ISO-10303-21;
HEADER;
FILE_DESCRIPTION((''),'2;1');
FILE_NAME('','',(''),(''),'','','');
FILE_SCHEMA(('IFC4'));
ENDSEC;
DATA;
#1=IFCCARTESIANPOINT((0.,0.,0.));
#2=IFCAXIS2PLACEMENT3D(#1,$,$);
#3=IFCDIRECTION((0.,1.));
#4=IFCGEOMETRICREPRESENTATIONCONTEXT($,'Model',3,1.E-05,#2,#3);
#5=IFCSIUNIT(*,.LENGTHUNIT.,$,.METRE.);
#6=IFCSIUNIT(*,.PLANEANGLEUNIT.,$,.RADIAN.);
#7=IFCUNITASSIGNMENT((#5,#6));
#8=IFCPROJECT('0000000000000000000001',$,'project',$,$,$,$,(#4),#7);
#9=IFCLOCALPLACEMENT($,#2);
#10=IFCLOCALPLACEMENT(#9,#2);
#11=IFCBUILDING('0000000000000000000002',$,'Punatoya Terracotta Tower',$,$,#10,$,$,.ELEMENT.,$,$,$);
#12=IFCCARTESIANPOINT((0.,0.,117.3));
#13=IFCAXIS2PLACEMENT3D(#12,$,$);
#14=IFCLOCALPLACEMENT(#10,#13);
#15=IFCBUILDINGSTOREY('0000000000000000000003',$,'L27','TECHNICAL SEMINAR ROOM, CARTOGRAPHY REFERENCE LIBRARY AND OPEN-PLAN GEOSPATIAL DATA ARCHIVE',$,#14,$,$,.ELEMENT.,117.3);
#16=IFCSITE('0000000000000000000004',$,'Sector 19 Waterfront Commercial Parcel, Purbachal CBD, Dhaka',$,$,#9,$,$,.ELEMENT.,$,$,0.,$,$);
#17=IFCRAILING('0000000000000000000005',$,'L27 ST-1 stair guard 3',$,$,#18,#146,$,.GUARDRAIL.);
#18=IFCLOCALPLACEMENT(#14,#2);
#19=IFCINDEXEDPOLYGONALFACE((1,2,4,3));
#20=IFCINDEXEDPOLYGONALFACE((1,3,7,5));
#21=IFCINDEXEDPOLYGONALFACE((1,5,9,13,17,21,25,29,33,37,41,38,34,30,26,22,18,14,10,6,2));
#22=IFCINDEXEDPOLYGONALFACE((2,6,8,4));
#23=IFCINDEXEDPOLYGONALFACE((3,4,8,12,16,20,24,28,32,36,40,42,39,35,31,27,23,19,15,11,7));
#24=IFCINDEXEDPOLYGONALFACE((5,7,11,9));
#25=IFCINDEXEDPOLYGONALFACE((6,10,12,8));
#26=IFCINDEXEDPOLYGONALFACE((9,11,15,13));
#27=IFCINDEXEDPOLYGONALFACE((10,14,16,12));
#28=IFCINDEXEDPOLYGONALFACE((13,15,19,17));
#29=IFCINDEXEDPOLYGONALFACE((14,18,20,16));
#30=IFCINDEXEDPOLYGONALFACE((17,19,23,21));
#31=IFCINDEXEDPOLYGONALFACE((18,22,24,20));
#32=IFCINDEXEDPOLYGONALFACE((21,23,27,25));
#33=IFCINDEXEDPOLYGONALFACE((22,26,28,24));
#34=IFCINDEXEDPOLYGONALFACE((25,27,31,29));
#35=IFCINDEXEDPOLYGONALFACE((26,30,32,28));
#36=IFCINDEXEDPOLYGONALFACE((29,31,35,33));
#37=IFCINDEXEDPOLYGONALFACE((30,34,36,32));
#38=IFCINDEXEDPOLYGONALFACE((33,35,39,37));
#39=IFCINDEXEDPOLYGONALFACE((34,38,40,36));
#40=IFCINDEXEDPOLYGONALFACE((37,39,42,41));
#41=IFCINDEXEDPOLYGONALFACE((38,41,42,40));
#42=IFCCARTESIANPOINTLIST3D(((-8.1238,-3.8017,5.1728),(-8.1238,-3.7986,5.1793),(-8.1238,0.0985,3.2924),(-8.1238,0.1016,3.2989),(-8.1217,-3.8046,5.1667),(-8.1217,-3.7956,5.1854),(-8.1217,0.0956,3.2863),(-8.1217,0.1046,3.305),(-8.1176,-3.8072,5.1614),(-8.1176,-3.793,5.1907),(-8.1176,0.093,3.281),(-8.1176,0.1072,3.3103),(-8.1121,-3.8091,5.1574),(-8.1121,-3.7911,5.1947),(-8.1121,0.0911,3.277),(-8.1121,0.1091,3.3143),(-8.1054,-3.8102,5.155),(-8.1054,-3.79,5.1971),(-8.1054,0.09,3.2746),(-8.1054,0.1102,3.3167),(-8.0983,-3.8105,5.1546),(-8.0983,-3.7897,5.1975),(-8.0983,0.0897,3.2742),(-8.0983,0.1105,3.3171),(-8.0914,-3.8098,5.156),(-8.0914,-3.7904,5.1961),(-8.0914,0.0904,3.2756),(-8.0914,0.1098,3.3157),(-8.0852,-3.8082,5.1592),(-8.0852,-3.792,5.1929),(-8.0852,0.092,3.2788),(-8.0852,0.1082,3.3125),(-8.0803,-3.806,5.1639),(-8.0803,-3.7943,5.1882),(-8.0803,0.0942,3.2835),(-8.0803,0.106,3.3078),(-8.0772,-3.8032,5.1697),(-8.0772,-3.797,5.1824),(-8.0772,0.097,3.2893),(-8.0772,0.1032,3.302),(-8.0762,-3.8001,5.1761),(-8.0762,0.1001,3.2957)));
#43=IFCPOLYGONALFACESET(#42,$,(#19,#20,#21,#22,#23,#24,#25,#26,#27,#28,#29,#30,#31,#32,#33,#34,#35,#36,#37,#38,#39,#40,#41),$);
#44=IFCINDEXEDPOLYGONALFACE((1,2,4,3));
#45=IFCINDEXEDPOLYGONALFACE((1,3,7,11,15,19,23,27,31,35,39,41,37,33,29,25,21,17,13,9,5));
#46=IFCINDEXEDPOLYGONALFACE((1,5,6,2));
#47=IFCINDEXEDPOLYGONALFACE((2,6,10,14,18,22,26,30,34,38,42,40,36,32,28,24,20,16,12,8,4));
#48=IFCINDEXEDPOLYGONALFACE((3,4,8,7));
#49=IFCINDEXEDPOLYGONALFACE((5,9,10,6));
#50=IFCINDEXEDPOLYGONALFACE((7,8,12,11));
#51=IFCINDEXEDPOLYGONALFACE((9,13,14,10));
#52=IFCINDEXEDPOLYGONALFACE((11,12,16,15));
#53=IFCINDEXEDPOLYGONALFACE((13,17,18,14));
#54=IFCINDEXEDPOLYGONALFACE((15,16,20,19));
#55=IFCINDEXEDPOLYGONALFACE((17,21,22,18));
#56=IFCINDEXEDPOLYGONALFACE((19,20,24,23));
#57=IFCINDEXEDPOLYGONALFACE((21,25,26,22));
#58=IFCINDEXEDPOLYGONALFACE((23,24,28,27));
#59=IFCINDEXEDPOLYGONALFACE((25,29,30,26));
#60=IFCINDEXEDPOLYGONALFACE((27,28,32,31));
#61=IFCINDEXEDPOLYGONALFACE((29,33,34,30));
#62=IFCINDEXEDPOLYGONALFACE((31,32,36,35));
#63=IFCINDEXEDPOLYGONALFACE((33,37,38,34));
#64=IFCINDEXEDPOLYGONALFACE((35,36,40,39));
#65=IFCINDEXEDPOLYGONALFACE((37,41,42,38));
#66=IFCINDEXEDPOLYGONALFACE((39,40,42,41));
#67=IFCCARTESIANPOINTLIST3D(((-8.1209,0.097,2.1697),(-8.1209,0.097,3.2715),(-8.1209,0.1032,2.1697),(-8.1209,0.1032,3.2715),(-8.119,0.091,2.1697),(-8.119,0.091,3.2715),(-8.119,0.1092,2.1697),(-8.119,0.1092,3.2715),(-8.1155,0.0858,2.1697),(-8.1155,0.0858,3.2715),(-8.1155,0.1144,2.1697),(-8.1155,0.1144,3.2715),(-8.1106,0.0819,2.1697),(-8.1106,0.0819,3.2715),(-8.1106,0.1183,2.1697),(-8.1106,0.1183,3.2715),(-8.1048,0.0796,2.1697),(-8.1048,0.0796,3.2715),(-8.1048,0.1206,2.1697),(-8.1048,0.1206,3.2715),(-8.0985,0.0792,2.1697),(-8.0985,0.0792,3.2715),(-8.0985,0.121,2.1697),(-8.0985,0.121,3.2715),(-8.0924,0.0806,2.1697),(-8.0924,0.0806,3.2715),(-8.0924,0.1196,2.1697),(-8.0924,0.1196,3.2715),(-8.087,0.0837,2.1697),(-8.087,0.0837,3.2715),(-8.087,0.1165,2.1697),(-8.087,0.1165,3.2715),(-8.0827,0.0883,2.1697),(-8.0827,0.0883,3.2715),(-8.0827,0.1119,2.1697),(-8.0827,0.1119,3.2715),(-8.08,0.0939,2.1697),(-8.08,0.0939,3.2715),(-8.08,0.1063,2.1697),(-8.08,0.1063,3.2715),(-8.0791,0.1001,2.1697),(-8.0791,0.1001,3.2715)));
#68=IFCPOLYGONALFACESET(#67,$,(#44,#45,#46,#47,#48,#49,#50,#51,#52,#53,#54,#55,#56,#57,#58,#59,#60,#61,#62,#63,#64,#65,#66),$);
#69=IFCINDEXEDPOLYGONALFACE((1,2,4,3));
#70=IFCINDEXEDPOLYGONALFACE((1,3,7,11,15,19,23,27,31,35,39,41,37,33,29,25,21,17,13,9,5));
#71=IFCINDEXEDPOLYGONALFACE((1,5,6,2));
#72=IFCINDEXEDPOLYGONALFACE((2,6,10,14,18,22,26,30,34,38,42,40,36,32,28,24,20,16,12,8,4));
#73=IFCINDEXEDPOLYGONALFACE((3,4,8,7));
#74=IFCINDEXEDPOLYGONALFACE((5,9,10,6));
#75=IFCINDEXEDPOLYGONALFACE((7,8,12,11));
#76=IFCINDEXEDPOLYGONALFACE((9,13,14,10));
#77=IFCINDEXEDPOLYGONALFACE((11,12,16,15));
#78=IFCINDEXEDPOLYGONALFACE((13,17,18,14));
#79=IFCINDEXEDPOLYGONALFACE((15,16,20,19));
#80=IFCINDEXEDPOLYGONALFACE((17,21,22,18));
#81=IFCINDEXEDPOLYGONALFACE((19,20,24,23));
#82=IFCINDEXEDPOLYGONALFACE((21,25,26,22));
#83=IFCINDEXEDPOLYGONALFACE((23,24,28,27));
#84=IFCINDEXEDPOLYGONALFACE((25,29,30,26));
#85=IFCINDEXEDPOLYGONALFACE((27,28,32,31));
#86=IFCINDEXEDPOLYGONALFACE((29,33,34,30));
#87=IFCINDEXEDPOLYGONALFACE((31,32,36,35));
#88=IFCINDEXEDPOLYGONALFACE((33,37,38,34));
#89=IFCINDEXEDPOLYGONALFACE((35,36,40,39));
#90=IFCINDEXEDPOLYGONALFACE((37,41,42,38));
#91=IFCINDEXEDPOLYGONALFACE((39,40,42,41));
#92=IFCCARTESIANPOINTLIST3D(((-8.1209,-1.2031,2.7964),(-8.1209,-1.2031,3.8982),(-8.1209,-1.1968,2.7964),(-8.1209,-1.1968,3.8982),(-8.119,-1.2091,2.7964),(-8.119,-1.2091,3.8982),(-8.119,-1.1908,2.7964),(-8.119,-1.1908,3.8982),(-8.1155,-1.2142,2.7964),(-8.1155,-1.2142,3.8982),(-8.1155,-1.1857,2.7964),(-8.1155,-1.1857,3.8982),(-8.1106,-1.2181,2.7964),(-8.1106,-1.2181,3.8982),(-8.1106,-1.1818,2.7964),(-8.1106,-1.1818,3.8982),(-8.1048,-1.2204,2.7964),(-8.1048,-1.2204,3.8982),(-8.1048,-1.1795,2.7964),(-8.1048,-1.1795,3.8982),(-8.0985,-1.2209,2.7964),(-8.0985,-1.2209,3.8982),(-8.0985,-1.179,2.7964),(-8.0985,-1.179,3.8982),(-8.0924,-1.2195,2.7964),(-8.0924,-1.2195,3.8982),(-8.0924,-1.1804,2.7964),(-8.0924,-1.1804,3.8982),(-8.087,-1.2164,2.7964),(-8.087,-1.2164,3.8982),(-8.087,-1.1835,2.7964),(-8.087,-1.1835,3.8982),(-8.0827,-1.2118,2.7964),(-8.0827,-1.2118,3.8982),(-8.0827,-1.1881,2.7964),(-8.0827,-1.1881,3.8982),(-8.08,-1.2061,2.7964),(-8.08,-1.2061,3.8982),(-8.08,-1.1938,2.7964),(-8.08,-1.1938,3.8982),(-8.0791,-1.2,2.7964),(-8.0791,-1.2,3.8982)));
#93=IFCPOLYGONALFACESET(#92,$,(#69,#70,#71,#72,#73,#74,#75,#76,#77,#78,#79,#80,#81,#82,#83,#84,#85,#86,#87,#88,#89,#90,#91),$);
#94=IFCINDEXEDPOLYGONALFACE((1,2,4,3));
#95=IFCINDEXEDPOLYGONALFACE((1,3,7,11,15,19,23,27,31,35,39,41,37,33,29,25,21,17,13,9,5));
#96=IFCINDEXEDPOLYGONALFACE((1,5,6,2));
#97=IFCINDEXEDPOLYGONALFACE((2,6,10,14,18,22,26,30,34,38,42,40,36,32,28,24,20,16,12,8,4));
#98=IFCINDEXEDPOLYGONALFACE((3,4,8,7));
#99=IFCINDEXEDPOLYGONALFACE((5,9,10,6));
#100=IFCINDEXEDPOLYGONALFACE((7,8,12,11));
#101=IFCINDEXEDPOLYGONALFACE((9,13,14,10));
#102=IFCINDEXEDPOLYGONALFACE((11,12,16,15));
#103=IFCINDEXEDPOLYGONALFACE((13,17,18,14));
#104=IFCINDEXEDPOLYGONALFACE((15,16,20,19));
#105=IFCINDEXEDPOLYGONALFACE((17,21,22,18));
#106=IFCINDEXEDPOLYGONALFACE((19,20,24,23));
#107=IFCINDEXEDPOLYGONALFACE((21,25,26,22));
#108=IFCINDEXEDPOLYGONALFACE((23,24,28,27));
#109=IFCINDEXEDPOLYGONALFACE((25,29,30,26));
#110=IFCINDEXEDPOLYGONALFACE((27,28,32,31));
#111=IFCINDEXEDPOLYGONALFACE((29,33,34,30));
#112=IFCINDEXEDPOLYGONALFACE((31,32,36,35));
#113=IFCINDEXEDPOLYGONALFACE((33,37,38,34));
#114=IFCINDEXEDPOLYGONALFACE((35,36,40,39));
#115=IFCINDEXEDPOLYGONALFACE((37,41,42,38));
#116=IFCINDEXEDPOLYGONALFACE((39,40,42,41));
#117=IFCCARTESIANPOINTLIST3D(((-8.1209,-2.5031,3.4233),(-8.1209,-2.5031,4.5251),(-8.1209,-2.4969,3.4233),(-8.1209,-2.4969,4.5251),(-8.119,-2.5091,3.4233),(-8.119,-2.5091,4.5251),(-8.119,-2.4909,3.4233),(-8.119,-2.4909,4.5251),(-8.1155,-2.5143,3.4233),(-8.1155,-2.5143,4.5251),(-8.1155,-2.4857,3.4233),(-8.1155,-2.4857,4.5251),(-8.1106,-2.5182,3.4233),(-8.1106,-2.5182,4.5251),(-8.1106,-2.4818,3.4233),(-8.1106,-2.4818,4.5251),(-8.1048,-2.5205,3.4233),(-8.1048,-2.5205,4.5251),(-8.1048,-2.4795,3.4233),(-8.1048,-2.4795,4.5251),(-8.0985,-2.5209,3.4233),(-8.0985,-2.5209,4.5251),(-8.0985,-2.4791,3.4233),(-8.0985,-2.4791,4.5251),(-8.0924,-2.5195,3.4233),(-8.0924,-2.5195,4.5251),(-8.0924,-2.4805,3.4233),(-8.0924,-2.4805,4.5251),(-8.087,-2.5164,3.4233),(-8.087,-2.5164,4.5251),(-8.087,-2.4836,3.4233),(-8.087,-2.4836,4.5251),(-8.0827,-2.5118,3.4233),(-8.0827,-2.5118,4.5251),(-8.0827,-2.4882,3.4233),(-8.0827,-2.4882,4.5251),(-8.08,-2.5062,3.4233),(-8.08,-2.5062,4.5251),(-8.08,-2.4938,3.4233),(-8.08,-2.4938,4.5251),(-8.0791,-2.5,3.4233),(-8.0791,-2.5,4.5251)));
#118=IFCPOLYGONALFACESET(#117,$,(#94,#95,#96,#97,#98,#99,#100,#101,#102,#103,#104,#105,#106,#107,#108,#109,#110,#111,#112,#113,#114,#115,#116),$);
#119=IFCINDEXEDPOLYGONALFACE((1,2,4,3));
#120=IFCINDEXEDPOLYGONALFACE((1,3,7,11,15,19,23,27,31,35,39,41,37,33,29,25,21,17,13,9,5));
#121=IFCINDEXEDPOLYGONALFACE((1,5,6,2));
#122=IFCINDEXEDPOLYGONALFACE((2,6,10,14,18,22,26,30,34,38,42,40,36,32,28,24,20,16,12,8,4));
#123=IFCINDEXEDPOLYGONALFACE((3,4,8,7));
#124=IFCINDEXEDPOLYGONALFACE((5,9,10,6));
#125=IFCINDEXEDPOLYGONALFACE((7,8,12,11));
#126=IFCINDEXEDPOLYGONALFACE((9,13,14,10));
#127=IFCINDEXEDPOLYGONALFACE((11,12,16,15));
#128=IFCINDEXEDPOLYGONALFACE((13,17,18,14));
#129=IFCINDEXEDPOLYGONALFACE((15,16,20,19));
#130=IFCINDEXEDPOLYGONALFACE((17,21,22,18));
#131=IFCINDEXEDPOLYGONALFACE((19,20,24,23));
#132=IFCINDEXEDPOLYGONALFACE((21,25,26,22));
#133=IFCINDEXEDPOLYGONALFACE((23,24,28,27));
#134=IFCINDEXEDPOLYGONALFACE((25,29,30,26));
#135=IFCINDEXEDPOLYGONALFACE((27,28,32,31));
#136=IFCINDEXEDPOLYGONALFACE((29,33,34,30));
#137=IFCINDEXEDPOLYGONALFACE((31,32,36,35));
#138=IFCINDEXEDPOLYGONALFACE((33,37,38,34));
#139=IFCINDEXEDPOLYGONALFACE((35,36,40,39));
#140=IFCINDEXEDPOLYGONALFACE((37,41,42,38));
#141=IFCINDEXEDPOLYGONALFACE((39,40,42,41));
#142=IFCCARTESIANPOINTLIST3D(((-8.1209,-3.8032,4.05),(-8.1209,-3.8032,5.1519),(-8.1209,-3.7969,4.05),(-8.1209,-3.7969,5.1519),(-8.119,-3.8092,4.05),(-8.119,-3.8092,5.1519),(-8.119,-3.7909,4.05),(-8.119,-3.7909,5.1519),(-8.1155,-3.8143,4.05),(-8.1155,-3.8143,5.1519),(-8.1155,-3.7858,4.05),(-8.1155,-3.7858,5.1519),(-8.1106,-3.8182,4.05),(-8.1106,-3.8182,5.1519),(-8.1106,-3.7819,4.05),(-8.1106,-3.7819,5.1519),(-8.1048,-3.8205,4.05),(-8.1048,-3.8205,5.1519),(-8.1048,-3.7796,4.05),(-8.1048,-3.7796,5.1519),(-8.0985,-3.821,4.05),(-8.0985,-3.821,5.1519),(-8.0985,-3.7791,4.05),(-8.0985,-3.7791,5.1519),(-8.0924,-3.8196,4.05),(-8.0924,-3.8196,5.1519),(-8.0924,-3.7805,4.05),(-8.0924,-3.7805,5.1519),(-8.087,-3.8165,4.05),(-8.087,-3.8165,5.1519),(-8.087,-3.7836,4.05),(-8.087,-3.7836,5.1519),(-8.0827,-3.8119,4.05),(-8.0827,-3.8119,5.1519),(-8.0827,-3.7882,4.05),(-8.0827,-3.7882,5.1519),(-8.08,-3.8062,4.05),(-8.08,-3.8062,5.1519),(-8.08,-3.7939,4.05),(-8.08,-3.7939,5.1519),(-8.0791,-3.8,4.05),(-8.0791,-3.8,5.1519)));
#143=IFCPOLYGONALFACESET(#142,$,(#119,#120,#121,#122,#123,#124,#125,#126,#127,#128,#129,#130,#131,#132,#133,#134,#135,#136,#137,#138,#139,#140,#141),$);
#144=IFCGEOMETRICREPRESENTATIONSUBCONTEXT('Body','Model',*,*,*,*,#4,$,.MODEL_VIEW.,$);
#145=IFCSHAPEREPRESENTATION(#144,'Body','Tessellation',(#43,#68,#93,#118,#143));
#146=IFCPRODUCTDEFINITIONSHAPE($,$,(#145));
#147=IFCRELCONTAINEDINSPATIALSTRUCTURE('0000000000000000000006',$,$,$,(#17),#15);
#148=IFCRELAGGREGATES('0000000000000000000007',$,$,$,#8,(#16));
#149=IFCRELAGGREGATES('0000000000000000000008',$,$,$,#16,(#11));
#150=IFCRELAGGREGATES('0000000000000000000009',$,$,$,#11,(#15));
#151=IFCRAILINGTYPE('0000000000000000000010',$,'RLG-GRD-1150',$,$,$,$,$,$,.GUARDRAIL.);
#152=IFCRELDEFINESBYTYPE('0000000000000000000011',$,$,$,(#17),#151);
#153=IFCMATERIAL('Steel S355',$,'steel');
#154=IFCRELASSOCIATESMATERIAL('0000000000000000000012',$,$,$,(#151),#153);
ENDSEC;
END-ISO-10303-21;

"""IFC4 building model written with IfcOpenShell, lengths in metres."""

from ifc_helpers import new_model, si_unit, direction, frame, origin, origin_2d, place, context, subcontext, project, spatial, circle, extrude, material, type_object, element, save


model = new_model("IFC4")

# Units and contexts
model_context = context("Model", 3, precision=1e-05, world=origin(), true_north=direction((0.0, 1.0)))
body_context = subcontext(model_context, "Body", "Model", "MODEL_VIEW")
ifc_project = project(units=[si_unit("LENGTHUNIT", "METRE"), si_unit("PLANEANGLEUNIT", "RADIAN")], contexts=[model_context])

# Site, building, storey
site_placement = place(None, origin())
site = spatial("IfcSite", under=ifc_project, at=site_placement, Name="Sector 19 Waterfront Commercial Parcel, Purbachal CBD, Dhaka", CompositionType="ELEMENT", RefElevation=0.0)
building_placement = place(site_placement, origin())
building = spatial("IfcBuilding", under=site, at=building_placement, Name="Punatoya Terracotta Tower", CompositionType="ELEMENT")
storey_placement = place(building_placement, frame((0.0, 0.0, 117.3)))
storey = spatial("IfcBuildingStorey", under=building, at=storey_placement, Name="L27", Description="TECHNICAL SEMINAR ROOM, CARTOGRAPHY REFERENCE LIBRARY AND OPEN-PLAN GEOSPATIAL DATA ARCHIVE", CompositionType="ELEMENT", Elevation=117.3)

# Railing
ifc_material_1 = material(Name="Steel S355", Category="steel")
railing_type_1 = type_object("IfcRailingType", Name="RLG-GRD-1150", PredefinedType="GUARDRAIL", material=ifc_material_1)
railing_1_placement = place(storey_placement, frame((-8.1001, 0.1001, 2.1697)))
element("IfcRailing", 1, at=railing_1_placement, inside=storey, type_object=railing_type_1, Name="L27 ST-1 stair guard 3", PredefinedType="GUARDRAIL", context=body_context, shape_type="SweptSolid", body=[
    extrude(circle(Radius=0.0239, at=origin_2d()), frame((0.0, 0.0, 1.126), z_axis=(0.0, -0.900774, 0.434289), x_axis=(1.0, 0.0, 0.0)), (0.0, 0.0, 1.0), 4.3298),
    extrude(circle(Radius=0.021, at=origin_2d()), origin(), (0.0, 0.0, 1.0), 1.1018),
    extrude(circle(Radius=0.021, at=origin_2d()), frame((0.0, -1.3, 0.6267)), (0.0, 0.0, 1.0), 1.1018),
    extrude(circle(Radius=0.021, at=origin_2d()), frame((0.0, -2.6001, 1.2537)), (0.0, 0.0, 1.0), 1.1018),
    extrude(circle(Radius=0.021, at=origin_2d()), frame((0.0, -3.9001, 1.8804)), (0.0, 0.0, 1.0), 1.1018),
])

save(model, "model.ifc")
